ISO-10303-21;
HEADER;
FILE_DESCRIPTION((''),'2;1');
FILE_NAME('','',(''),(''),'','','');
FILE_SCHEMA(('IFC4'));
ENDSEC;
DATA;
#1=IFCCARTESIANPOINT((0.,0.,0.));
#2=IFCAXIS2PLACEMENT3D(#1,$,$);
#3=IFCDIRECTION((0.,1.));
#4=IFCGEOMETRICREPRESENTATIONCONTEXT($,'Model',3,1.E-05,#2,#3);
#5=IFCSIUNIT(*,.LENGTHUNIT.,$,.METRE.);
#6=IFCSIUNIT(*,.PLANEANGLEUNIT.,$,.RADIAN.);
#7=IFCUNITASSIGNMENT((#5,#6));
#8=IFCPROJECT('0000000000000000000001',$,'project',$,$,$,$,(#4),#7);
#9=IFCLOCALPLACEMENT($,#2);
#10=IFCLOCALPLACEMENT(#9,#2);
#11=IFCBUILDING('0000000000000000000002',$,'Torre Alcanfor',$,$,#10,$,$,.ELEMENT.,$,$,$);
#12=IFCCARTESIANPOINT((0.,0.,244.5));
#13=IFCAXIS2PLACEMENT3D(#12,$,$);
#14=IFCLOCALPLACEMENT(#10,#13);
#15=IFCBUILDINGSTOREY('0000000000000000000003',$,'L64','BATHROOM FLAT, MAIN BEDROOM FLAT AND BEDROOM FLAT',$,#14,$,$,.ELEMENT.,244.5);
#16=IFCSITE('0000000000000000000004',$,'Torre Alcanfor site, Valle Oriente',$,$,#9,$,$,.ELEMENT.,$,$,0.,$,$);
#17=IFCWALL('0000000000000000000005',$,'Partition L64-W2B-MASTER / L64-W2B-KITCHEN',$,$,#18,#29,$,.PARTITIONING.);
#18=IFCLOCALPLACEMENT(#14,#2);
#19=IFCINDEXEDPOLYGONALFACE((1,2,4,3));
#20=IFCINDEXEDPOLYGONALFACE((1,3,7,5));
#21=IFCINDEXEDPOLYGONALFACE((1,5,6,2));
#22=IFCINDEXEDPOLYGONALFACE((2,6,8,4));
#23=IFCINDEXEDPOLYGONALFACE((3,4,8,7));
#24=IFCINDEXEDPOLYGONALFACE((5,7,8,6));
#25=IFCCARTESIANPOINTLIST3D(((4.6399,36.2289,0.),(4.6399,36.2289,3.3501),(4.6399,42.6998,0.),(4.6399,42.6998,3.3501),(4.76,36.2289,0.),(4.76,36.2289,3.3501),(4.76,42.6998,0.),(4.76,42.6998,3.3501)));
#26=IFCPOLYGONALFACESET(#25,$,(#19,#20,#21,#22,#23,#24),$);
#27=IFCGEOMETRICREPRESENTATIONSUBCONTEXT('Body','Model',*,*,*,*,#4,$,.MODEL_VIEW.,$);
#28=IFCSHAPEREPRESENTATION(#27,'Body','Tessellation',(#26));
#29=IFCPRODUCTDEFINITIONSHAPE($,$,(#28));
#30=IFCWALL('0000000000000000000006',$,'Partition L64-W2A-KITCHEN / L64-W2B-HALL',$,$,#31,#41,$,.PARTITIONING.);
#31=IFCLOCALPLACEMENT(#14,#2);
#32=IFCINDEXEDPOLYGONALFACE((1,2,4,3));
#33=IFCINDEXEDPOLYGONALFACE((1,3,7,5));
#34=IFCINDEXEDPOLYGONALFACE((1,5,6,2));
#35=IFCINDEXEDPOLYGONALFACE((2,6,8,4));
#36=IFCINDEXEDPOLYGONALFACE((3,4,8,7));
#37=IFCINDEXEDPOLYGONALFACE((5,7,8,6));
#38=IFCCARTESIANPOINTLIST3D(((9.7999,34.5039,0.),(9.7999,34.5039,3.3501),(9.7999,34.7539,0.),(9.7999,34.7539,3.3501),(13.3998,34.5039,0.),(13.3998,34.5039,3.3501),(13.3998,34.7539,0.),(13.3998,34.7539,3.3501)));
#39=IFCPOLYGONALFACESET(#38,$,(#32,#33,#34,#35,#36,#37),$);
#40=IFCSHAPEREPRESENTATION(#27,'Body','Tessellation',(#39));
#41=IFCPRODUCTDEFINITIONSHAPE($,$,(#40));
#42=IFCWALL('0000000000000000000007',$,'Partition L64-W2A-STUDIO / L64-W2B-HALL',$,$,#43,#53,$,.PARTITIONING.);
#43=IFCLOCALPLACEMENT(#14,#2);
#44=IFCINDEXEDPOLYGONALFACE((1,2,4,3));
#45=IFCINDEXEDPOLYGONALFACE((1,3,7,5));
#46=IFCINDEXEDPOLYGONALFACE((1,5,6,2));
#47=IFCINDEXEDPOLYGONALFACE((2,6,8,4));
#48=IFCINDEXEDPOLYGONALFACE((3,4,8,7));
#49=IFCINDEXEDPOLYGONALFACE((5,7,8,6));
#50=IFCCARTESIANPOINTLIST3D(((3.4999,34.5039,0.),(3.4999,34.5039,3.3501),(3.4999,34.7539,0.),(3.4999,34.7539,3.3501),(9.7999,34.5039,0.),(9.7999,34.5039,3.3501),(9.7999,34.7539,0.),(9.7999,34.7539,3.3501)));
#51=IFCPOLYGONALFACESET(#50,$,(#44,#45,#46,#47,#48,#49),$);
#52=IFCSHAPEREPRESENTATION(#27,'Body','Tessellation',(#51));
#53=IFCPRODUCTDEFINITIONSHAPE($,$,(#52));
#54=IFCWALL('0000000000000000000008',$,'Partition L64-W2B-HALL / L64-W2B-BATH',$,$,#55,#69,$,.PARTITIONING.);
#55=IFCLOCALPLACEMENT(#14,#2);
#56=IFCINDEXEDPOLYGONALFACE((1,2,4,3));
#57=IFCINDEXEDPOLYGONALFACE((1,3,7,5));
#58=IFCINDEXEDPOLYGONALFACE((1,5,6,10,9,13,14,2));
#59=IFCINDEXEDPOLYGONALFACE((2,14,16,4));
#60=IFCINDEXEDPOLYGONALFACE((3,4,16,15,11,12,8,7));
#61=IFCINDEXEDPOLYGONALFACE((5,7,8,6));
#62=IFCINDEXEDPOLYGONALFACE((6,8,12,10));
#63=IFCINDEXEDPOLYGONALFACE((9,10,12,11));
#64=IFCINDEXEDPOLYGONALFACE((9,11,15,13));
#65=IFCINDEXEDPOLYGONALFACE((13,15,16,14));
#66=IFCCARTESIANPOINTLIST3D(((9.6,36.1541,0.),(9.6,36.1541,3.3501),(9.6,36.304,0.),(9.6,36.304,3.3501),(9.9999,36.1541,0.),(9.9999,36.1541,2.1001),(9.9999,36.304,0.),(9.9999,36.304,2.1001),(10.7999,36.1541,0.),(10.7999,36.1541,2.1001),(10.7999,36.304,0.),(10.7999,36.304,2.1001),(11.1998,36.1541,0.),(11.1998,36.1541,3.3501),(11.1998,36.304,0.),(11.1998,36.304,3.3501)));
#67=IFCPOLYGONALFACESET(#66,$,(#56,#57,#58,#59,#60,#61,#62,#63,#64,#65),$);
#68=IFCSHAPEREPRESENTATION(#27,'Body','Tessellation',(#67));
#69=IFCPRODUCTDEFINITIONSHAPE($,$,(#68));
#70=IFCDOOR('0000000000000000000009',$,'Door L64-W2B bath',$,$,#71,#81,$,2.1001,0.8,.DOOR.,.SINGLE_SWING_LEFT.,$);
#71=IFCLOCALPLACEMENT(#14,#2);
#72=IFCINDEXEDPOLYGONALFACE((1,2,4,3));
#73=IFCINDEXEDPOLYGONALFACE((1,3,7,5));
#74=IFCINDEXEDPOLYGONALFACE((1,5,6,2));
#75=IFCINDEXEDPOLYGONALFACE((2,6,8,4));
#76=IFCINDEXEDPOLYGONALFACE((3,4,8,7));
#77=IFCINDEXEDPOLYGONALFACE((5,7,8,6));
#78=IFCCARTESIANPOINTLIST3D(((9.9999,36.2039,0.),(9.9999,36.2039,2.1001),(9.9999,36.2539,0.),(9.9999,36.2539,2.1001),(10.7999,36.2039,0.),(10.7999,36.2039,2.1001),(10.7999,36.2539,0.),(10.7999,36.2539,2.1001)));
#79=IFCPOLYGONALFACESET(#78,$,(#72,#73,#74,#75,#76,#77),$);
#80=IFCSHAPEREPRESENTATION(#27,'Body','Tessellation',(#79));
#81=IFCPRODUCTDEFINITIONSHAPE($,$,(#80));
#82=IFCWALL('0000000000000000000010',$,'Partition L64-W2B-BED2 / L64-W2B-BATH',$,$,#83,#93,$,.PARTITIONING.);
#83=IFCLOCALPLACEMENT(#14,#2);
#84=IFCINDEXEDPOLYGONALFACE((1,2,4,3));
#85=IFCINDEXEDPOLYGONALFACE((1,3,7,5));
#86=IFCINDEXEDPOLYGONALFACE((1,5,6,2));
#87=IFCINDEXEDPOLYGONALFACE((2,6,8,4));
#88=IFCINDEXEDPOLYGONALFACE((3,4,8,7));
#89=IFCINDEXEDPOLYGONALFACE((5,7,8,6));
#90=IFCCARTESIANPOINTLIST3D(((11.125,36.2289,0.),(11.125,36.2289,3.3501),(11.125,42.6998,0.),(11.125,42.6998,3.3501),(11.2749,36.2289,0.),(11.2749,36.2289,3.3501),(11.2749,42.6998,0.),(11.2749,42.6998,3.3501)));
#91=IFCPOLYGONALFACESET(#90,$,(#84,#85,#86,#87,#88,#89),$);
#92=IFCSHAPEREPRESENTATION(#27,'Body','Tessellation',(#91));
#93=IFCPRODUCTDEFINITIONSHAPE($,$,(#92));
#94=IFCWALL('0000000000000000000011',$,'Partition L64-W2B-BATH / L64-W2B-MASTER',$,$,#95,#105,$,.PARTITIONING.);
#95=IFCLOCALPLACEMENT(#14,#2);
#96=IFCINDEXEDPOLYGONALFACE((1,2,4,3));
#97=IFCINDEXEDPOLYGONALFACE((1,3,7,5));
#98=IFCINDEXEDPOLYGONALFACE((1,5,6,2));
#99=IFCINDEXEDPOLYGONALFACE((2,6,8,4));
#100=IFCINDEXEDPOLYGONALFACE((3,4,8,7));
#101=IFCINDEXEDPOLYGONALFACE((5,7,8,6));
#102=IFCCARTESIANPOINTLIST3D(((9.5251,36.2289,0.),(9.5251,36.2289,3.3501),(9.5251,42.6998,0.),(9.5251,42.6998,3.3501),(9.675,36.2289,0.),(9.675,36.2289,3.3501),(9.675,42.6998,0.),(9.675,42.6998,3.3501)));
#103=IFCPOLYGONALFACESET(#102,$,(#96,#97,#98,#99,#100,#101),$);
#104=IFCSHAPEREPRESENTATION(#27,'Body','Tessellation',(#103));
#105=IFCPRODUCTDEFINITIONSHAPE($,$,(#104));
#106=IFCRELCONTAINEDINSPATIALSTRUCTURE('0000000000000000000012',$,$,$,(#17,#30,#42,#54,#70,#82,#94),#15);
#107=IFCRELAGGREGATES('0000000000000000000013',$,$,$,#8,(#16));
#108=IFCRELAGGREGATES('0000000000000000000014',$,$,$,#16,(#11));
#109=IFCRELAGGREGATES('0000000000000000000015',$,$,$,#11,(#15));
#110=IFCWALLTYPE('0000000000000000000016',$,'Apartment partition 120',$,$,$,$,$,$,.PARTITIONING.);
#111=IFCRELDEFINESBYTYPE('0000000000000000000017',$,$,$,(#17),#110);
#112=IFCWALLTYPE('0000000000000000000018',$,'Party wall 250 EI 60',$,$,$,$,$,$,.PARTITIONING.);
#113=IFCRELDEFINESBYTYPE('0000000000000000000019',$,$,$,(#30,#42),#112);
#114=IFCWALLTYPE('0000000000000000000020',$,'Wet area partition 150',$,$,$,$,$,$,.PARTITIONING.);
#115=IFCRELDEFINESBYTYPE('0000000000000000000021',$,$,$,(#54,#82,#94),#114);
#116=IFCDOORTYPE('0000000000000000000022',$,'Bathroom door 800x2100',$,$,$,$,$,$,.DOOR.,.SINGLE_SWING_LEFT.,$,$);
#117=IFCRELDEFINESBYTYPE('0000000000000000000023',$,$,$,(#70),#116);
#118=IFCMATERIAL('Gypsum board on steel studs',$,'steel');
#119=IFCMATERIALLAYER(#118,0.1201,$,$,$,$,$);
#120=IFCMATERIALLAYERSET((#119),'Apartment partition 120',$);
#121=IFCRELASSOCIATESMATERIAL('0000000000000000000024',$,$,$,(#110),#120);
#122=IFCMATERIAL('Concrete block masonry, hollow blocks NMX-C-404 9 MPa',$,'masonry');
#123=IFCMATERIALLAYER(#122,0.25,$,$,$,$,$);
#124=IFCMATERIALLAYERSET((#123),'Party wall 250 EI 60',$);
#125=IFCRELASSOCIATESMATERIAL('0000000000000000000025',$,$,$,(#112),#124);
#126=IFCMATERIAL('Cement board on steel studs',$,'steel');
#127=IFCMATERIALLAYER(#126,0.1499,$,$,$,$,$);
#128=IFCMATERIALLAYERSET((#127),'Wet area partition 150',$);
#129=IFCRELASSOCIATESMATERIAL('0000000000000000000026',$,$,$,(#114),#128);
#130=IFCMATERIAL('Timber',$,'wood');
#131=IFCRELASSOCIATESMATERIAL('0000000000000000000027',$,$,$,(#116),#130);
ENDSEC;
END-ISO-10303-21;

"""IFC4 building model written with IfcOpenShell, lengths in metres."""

from ifc_helpers import new_model, si_unit, direction, frame, frame_2d, origin, place, context, subcontext, project, spatial, rectangle, extrude, material, layer, layer_set, type_object, element, fill, save


model = new_model("IFC4")

# Units and contexts
model_context = context("Model", 3, precision=1e-05, world=origin(), true_north=direction((0.0, 1.0)))
body_context = subcontext(model_context, "Body", "Model", "MODEL_VIEW")
ifc_project = project(units=[si_unit("LENGTHUNIT", "METRE"), si_unit("PLANEANGLEUNIT", "RADIAN")], contexts=[model_context])

# Site, building, storey
site_placement = place(None, origin())
site = spatial("IfcSite", under=ifc_project, at=site_placement, Name="Torre Alcanfor site, Valle Oriente", CompositionType="ELEMENT", RefElevation=0.0)
building_placement = place(site_placement, origin())
building = spatial("IfcBuilding", under=site, at=building_placement, Name="Torre Alcanfor", CompositionType="ELEMENT")
storey_placement = place(building_placement, frame((0.0, 0.0, 244.5)))
storey = spatial("IfcBuildingStorey", under=building, at=storey_placement, Name="L64", Description="BATHROOM FLAT, MAIN BEDROOM FLAT AND BEDROOM FLAT", CompositionType="ELEMENT", Elevation=244.5)

# Shared definitions
ifc_material_1 = material(Name="Gypsum board on steel studs", Category="steel")
ifc_layer_1 = layer(ifc_material_1, 0.1201)
ifc_layer_set_1 = layer_set([ifc_layer_1], Name="Apartment partition 120")
wall_type_1 = type_object("IfcWallType", Name="Apartment partition 120", PredefinedType="PARTITIONING", material=ifc_layer_set_1)

# Walls
wall_1_placement = place(storey_placement, frame((4.7, 36.229, 0.0), z_axis=(0.0, 0.0, 1.0), x_axis=(0.0, 1.0, 0.0)))
element("IfcWall", 1, at=wall_1_placement, inside=storey, type_object=wall_type_1, Name="Partition L64-W2B-MASTER / L64-W2B-KITCHEN", PredefinedType="PARTITIONING", context=body_context, shape_type="SweptSolid", body=[
    extrude(rectangle(XDim=6.4709, YDim=0.1201, at=frame_2d((3.2354, 0.0))), origin(), (0.0, 0.0, 1.0), 3.3501),
])
ifc_material_2 = material(Name="Concrete block masonry, hollow blocks NMX-C-404 9 MPa", Category="masonry")
ifc_layer_2 = layer(ifc_material_2, 0.25)
ifc_layer_set_2 = layer_set([ifc_layer_2], Name="Party wall 250 EI 60")
wall_type_2 = type_object("IfcWallType", Name="Party wall 250 EI 60", PredefinedType="PARTITIONING", material=ifc_layer_set_2)
wall_2_placement = place(storey_placement, frame((9.8, 34.6289, 0.0), z_axis=(0.0, 0.0, 1.0), x_axis=(1.0, 0.0, 0.0)))
element("IfcWall", 2, at=wall_2_placement, inside=storey, type_object=wall_type_2, Name="Partition L64-W2A-KITCHEN / L64-W2B-HALL", PredefinedType="PARTITIONING", context=body_context, shape_type="SweptSolid", body=[
    extrude(rectangle(XDim=3.5999, YDim=0.25, at=frame_2d((1.7998, 0.0))), origin(), (0.0, 0.0, 1.0), 3.3501),
])
wall_3_placement = place(storey_placement, frame((3.5, 34.6289, 0.0), z_axis=(0.0, 0.0, 1.0), x_axis=(1.0, 0.0, 0.0)))
element("IfcWall", 3, at=wall_3_placement, inside=storey, type_object=wall_type_2, Name="Partition L64-W2A-STUDIO / L64-W2B-HALL", PredefinedType="PARTITIONING", context=body_context, shape_type="SweptSolid", body=[
    extrude(rectangle(XDim=6.3, YDim=0.25, at=frame_2d((3.1499, 0.0))), origin(), (0.0, 0.0, 1.0), 3.3501),
])

# Wall, opening, door
ifc_material_3 = material(Name="Cement board on steel studs", Category="steel")
ifc_layer_3 = layer(ifc_material_3, 0.1499)
ifc_layer_set_3 = layer_set([ifc_layer_3], Name="Wet area partition 150")
wall_type_3 = type_object("IfcWallType", Name="Wet area partition 150", PredefinedType="PARTITIONING", material=ifc_layer_set_3)
wall_4_placement = place(storey_placement, frame((9.6001, 36.229, 0.0), z_axis=(0.0, 0.0, 1.0), x_axis=(1.0, 0.0, 0.0)))
wall_4 = element("IfcWall", 4, at=wall_4_placement, inside=storey, type_object=wall_type_3, Name="Partition L64-W2B-HALL / L64-W2B-BATH", PredefinedType="PARTITIONING", context=body_context, shape_type="SweptSolid", body=[
    extrude(rectangle(XDim=1.5999, YDim=0.1499, at=frame_2d((0.7998, 0.0))), origin(), (0.0, 0.0, 1.0), 3.3501),
])
opening_1_placement = place(wall_4_placement, frame((0.3999, 0.0, 0.0)))
opening_1 = element("IfcOpeningElement", 5, at=opening_1_placement, cuts=wall_4, PredefinedType="OPENING", context=body_context, shape_type="SweptSolid", body=[
    extrude(rectangle(XDim=0.8, YDim=2.1001, at=frame_2d((0.3999, 1.05))), frame((0.0, 0.085, 0.0), z_axis=(0.0, -1.0, 0.0), x_axis=(1.0, 0.0, 0.0)), (0.0, 0.0, 1.0), 0.1699),
])
ifc_material_4 = material(Name="Timber", Category="wood")
door_type_1 = type_object("IfcDoorType", Name="Bathroom door 800x2100", OperationType="SINGLE_SWING_LEFT", PredefinedType="DOOR", material=ifc_material_4)
door_1_placement = place(opening_1_placement, origin())
door_1 = element("IfcDoor", 6, at=door_1_placement, inside=storey, type_object=door_type_1, Name="Door L64-W2B bath", OperationType="SINGLE_SWING_LEFT", OverallHeight=2.1001, OverallWidth=0.8, PredefinedType="DOOR", context=body_context, shape_type="SweptSolid", body=[
    extrude(rectangle(XDim=0.8, YDim=2.1001, at=frame_2d((0.3999, 1.05))), frame((0.0, 0.0249, 0.0), z_axis=(0.0, -1.0, 0.0), x_axis=(1.0, 0.0, 0.0)), (0.0, 0.0, 1.0), 0.05),
])
fill(opening_1, door_1)

# Walls
for number, where, z_axis, x_axis, name in (
    (7, (11.2, 36.229, 0.0), (0.0, 0.0, 1.0), (0.0, 1.0, 0.0), "Partition L64-W2B-BED2 / L64-W2B-BATH"),
    (8, (9.6001, 36.229, 0.0), (0.0, 0.0, 1.0), (0.0, 1.0, 0.0), "Partition L64-W2B-BATH / L64-W2B-MASTER"),
):
    element("IfcWall", number, at=place(storey_placement, frame(where, z_axis=z_axis, x_axis=x_axis)), inside=storey, type_object=wall_type_3, Name=name, PredefinedType="PARTITIONING", context=body_context, shape_type="SweptSolid", body=[
        extrude(rectangle(XDim=6.4709, YDim=0.1499, at=frame_2d((3.2354, 0.0))), origin(), (0.0, 0.0, 1.0), 3.3501),
    ])

save(model, "model.ifc")
